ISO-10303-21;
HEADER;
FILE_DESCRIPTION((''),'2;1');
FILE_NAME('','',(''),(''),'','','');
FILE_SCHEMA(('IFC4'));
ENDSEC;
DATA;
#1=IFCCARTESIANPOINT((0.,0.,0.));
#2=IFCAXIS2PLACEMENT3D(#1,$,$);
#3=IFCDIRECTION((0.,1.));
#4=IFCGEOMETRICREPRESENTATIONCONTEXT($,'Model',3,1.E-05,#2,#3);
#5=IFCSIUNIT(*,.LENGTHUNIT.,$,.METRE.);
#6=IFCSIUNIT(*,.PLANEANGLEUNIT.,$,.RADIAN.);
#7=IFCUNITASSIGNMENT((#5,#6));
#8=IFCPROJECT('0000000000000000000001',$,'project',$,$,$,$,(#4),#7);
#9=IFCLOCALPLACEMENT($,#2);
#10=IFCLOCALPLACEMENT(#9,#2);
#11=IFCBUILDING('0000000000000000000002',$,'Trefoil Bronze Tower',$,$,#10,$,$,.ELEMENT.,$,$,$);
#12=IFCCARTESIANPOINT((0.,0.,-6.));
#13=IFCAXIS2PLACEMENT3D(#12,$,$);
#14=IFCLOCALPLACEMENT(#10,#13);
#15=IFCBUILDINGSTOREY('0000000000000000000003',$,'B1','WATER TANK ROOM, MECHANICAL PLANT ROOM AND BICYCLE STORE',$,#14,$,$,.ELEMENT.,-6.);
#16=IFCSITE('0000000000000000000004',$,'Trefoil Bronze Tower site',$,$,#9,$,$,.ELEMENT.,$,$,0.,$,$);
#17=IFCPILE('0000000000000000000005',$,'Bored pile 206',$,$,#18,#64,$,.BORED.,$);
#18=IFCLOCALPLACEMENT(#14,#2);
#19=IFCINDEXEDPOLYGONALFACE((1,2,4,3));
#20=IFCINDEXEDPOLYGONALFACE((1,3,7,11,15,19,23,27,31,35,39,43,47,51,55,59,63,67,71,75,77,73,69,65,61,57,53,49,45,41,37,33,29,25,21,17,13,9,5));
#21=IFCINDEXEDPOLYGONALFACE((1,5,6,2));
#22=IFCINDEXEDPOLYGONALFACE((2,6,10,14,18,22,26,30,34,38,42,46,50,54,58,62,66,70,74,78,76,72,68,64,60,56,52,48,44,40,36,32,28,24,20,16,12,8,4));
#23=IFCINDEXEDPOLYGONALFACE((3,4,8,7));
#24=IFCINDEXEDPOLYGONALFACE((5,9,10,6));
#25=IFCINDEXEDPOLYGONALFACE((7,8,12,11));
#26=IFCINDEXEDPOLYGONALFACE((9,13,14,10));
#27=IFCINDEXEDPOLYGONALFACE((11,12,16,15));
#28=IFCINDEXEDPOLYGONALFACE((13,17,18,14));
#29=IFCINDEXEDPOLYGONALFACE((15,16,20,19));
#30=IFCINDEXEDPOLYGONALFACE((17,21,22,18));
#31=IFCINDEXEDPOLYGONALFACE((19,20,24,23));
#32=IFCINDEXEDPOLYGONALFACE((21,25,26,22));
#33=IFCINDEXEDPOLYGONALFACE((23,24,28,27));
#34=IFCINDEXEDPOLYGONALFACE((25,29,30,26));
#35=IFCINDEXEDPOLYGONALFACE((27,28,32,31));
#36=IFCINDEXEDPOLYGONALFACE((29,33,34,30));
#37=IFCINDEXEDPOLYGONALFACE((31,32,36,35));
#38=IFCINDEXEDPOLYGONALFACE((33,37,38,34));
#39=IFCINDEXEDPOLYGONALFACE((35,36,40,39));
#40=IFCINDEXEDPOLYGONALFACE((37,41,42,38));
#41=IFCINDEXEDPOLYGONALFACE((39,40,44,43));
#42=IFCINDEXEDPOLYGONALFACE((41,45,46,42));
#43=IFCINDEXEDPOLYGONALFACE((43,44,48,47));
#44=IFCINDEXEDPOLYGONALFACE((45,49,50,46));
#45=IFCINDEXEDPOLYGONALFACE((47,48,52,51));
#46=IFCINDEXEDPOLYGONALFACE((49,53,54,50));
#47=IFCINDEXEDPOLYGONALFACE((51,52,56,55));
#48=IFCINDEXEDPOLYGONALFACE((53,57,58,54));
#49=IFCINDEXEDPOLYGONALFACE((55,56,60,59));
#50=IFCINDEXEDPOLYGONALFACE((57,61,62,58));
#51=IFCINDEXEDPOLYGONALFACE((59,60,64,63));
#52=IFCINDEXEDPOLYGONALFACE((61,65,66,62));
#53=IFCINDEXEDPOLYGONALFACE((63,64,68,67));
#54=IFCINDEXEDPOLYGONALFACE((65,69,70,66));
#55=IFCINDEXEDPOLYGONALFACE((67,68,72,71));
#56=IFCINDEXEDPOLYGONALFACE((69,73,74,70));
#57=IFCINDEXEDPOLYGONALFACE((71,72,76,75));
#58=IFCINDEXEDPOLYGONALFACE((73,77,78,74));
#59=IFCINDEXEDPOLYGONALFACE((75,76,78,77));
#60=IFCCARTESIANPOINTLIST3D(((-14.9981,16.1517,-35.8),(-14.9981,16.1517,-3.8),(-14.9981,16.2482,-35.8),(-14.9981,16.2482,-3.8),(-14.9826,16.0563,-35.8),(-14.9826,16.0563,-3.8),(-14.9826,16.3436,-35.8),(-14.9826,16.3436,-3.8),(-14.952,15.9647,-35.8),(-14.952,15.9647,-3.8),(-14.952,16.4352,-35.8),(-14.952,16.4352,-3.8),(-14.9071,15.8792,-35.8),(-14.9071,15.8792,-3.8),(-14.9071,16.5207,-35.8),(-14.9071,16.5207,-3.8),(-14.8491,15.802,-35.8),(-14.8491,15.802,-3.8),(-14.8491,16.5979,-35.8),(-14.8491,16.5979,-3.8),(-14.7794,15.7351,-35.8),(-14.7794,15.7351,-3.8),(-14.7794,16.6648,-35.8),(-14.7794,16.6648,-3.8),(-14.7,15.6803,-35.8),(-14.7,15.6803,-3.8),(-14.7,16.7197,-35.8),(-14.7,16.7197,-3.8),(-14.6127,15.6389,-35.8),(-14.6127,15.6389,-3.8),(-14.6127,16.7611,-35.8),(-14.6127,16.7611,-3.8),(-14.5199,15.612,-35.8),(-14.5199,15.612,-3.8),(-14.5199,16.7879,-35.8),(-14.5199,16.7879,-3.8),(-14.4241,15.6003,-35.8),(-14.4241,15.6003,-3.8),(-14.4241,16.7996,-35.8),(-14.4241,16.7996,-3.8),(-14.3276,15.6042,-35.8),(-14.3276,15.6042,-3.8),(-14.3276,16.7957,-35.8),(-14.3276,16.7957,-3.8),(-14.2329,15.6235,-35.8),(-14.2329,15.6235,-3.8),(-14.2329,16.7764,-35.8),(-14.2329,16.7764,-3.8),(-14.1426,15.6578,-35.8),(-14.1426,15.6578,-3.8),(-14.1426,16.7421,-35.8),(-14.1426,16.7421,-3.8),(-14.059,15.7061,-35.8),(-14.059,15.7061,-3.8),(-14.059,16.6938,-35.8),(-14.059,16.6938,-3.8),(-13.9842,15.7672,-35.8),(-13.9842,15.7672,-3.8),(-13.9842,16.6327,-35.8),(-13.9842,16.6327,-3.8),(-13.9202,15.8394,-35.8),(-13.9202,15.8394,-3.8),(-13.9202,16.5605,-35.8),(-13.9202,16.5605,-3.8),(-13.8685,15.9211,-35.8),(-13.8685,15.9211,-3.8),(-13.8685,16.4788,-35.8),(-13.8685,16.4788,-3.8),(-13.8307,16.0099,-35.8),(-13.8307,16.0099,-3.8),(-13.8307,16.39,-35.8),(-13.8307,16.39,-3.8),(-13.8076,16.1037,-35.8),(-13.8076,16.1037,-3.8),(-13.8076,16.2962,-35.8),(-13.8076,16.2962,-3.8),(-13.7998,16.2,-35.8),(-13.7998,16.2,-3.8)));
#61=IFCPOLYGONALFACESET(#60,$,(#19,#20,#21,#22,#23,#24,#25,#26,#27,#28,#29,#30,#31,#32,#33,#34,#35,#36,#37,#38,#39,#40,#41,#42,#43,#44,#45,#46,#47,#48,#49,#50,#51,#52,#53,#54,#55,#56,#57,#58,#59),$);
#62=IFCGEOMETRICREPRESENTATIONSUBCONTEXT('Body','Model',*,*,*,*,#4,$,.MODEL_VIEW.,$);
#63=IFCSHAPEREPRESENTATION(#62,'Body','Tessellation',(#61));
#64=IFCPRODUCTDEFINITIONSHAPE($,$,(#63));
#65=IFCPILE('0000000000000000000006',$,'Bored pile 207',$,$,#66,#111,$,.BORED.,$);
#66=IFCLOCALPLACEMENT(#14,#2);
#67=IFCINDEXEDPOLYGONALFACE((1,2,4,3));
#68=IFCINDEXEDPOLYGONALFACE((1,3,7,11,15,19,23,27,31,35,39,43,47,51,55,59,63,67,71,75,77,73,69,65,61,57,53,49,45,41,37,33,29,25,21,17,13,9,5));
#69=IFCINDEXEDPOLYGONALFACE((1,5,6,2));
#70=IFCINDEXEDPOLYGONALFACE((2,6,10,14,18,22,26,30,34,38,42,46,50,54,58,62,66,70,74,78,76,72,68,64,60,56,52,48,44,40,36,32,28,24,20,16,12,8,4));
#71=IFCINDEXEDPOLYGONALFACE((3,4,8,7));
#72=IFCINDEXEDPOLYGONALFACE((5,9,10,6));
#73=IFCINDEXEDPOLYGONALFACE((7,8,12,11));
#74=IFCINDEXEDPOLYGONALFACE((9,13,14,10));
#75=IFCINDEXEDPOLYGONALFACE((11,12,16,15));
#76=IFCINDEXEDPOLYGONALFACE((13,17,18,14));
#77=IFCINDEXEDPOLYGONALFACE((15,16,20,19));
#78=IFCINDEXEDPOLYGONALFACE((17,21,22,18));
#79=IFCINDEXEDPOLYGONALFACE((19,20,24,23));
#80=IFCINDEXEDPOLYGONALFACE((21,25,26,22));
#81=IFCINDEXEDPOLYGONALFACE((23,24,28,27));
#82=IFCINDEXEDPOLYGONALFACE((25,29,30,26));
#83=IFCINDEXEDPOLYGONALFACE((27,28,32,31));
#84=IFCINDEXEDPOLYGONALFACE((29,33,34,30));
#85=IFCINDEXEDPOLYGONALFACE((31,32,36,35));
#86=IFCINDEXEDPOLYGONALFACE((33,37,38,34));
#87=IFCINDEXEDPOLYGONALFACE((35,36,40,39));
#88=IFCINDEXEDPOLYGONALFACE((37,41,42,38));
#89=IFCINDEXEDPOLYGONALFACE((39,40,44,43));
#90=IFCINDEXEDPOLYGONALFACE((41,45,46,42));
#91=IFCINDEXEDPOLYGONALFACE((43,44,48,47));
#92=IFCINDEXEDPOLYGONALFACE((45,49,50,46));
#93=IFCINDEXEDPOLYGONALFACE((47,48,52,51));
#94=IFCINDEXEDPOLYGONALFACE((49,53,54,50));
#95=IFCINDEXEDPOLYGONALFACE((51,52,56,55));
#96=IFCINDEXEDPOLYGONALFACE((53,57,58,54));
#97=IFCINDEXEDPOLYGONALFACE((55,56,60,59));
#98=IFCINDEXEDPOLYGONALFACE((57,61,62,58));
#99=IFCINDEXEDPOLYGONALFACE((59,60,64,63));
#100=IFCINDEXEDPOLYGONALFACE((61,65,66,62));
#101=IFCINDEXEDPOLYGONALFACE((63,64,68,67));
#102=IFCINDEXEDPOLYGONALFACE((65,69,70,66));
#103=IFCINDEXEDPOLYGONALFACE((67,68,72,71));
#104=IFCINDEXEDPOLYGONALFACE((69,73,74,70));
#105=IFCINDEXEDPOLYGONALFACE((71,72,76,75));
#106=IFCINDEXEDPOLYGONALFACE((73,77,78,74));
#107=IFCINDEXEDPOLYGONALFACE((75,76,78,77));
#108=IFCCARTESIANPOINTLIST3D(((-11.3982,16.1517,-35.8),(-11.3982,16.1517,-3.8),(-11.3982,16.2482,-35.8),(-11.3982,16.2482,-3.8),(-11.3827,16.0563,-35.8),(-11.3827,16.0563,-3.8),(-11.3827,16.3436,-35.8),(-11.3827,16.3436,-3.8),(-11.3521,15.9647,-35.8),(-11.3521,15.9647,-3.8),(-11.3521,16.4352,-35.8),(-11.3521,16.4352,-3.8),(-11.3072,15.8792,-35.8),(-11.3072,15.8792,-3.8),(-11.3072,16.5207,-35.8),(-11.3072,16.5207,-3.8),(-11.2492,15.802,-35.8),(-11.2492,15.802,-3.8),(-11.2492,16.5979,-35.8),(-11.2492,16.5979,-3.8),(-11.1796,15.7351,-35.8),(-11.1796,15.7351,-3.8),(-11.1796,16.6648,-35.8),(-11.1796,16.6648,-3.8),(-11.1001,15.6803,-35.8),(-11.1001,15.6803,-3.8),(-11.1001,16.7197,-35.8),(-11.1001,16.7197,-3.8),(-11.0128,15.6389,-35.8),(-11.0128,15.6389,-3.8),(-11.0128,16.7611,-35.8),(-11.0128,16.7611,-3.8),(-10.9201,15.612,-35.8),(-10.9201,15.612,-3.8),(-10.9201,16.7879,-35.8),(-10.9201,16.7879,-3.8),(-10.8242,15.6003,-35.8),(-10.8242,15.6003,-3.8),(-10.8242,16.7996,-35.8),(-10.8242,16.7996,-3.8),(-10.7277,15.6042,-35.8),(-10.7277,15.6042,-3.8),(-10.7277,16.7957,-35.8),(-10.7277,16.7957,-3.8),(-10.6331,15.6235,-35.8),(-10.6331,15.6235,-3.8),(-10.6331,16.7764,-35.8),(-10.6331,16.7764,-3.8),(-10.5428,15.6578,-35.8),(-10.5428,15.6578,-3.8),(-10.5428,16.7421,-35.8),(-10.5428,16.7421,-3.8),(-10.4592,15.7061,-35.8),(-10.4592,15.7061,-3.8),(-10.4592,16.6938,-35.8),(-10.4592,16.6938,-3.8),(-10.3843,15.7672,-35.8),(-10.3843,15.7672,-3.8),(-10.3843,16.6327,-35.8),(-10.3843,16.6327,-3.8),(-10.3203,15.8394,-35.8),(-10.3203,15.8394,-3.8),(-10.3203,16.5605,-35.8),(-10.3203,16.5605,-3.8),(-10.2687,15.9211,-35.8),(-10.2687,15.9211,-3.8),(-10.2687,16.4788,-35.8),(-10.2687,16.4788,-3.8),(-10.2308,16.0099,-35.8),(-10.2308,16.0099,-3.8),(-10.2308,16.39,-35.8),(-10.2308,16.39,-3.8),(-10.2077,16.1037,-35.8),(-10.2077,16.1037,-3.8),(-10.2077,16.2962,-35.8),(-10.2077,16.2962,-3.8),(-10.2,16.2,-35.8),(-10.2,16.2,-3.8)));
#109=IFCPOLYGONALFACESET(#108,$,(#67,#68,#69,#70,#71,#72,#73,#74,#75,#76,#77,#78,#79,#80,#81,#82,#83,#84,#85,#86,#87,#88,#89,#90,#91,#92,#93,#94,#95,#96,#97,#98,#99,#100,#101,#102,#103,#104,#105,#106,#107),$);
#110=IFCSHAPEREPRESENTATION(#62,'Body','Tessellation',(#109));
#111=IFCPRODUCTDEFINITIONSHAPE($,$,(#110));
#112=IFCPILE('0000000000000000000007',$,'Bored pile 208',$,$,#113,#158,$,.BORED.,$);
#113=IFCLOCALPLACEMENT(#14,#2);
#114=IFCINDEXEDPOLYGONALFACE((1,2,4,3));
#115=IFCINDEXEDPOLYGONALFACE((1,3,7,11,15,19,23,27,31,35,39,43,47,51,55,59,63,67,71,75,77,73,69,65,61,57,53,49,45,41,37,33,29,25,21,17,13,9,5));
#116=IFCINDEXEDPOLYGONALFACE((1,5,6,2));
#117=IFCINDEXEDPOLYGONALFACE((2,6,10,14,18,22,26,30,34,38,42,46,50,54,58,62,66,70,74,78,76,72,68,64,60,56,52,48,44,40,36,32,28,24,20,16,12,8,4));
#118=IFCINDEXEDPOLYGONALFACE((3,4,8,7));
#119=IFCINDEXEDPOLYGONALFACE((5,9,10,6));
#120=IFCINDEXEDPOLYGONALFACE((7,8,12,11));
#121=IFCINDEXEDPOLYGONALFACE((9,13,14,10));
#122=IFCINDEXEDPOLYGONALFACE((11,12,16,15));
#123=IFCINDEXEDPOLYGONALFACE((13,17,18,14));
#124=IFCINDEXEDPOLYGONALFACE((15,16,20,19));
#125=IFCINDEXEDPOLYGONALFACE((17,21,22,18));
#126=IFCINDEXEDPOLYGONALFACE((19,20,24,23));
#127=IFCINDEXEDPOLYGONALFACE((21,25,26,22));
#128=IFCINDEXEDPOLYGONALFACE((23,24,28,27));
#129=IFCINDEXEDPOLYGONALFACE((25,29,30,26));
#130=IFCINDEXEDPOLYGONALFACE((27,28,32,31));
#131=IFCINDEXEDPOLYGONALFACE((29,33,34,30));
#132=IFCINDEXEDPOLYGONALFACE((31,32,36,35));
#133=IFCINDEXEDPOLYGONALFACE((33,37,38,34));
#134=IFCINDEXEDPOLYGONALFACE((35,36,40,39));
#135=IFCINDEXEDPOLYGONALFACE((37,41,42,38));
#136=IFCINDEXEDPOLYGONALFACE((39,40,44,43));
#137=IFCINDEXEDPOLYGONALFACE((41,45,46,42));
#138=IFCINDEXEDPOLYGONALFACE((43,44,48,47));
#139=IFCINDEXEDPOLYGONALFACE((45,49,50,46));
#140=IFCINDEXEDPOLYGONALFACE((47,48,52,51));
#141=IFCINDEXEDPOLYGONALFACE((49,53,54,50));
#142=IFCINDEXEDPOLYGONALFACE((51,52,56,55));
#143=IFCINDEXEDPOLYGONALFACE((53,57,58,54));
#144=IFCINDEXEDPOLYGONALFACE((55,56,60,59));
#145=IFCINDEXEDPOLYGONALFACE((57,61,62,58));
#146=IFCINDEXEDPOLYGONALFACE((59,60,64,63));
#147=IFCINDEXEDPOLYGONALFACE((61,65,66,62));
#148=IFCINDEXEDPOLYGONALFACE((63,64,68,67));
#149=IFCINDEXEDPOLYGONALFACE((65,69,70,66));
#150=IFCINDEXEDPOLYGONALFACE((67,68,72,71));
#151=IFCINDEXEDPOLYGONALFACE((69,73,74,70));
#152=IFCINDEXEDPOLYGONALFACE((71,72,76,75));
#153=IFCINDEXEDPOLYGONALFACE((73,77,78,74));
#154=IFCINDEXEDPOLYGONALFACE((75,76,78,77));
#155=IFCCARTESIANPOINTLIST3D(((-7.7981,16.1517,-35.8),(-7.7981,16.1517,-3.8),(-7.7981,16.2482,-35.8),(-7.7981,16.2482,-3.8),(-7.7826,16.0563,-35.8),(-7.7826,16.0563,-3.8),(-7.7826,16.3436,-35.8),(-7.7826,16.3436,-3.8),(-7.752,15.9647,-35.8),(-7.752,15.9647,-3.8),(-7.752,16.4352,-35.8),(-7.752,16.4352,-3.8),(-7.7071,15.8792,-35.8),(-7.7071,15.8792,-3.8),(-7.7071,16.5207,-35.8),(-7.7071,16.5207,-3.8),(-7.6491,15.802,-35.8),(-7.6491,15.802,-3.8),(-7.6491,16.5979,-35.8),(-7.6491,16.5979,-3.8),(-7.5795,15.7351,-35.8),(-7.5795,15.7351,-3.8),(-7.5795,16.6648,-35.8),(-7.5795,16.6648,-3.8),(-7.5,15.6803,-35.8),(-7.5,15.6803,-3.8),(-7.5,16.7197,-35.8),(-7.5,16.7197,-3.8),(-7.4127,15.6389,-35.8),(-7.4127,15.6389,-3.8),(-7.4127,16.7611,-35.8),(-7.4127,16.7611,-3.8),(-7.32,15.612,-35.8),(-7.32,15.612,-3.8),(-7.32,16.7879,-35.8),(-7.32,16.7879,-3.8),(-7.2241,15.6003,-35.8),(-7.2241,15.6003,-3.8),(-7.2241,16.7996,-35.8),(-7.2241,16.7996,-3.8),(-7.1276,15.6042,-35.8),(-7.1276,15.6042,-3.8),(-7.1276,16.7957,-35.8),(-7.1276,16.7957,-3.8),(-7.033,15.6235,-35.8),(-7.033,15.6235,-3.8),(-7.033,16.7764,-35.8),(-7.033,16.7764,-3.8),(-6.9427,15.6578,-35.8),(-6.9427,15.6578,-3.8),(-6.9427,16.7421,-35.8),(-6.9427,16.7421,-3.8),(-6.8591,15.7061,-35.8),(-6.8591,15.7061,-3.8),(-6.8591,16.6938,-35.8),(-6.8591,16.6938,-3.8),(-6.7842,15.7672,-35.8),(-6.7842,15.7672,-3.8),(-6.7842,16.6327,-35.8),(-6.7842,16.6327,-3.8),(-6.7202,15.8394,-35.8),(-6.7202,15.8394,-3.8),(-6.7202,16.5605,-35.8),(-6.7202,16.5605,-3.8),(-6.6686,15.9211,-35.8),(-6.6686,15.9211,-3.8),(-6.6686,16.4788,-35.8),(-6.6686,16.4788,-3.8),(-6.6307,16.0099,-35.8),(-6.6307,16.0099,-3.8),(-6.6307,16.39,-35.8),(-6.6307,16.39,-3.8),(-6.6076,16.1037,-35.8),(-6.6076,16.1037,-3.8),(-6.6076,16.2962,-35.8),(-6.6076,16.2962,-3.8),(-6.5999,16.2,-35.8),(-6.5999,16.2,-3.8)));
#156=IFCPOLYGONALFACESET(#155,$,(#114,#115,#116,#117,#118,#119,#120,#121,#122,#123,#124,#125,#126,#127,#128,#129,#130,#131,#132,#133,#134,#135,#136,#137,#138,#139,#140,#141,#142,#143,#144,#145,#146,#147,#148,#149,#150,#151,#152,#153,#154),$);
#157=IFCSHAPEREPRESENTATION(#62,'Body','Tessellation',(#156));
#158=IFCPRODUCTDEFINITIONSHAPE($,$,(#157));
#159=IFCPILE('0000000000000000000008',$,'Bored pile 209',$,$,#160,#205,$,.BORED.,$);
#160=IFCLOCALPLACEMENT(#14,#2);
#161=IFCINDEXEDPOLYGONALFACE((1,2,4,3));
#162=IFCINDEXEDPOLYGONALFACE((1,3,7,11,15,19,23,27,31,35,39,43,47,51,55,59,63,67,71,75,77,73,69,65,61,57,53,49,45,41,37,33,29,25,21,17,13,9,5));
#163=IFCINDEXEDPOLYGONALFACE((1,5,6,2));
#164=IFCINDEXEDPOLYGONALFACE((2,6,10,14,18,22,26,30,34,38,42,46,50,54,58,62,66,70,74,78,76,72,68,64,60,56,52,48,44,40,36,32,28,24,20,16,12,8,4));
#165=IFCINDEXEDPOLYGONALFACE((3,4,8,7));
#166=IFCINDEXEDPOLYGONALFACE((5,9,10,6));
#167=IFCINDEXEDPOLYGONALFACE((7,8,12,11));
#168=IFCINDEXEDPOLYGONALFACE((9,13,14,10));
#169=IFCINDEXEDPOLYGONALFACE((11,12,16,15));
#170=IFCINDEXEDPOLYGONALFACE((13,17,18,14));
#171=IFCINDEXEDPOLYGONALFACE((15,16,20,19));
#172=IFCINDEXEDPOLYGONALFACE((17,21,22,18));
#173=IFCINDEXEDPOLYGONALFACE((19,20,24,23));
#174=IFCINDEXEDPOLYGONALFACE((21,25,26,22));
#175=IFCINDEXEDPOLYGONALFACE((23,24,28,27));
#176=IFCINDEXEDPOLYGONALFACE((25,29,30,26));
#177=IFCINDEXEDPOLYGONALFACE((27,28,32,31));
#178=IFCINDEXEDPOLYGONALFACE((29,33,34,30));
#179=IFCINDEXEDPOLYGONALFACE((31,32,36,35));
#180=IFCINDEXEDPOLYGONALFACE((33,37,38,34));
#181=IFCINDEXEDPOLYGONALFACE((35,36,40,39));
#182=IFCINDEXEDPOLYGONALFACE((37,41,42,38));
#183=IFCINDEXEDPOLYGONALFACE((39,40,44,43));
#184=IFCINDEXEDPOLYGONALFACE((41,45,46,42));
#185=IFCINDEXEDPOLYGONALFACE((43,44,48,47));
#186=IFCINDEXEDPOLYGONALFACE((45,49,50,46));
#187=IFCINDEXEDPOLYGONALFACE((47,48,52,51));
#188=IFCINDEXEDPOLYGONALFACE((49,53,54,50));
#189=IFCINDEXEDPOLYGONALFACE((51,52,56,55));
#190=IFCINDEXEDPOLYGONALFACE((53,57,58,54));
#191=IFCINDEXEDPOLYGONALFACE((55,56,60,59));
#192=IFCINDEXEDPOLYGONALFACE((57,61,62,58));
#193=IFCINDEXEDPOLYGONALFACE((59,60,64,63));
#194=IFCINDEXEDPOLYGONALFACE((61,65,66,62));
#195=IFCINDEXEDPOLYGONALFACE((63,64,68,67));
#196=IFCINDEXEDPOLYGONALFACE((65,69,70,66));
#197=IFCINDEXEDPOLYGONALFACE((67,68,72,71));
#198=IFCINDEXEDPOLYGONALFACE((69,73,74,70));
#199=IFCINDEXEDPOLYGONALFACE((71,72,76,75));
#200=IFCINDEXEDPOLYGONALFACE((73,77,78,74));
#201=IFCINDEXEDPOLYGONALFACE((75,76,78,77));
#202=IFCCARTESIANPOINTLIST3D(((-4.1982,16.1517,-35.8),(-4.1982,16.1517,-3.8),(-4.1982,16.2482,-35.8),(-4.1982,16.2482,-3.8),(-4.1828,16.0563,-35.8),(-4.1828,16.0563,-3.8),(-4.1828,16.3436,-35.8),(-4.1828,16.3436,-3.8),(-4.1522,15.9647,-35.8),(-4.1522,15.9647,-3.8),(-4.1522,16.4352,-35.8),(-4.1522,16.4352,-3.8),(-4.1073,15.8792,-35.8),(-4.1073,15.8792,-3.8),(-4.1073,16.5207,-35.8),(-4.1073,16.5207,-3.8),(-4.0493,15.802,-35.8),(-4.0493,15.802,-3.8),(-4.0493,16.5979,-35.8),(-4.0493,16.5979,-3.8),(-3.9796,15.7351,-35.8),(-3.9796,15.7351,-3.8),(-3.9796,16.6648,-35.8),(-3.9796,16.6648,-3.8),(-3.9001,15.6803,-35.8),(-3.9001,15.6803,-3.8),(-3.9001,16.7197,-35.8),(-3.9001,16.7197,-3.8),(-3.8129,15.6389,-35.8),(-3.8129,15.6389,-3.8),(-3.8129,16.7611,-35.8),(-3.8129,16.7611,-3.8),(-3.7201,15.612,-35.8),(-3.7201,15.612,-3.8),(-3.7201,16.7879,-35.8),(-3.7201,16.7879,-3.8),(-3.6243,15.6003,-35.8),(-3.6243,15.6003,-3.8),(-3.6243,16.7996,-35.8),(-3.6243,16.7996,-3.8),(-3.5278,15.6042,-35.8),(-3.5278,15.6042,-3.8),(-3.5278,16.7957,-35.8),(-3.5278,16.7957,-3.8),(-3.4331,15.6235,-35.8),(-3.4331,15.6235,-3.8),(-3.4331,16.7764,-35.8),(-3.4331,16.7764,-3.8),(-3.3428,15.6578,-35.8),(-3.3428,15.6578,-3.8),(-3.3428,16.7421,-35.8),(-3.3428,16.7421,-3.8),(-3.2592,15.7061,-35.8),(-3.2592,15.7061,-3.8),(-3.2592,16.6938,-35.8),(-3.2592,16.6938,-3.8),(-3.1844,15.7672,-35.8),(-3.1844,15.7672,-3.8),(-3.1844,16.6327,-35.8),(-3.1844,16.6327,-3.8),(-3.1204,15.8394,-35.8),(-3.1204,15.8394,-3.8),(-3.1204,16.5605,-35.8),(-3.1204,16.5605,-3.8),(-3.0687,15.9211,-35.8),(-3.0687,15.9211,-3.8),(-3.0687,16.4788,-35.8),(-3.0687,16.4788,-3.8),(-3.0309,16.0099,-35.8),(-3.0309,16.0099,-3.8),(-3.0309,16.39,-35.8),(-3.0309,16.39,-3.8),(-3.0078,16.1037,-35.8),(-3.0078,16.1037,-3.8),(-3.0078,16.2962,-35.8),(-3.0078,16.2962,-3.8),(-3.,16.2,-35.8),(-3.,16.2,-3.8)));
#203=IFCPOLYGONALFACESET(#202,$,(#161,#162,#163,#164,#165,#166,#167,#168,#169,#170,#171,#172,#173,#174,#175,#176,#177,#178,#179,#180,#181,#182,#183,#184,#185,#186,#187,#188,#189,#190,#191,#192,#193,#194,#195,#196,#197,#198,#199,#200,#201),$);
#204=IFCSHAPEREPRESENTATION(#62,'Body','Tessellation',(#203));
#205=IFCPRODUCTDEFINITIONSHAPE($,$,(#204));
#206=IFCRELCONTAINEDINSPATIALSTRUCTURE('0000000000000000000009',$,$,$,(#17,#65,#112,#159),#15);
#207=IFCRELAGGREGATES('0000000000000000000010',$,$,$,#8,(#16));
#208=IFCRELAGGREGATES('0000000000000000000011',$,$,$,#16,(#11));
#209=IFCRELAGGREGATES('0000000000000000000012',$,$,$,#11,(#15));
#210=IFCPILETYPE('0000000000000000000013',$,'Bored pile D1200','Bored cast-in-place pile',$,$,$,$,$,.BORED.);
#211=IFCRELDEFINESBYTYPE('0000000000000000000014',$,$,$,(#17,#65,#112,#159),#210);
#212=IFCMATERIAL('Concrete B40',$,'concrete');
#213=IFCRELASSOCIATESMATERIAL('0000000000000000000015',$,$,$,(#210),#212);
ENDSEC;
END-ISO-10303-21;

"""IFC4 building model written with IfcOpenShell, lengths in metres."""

from ifc_helpers import new_model, si_unit, direction, frame, origin, origin_2d, place, context, subcontext, project, spatial, circle, extrude, material, type_object, element, save


model = new_model("IFC4")

# Units and contexts
model_context = context("Model", 3, precision=1e-05, world=origin(), true_north=direction((0.0, 1.0)))
body_context = subcontext(model_context, "Body", "Model", "MODEL_VIEW")
ifc_project = project(units=[si_unit("LENGTHUNIT", "METRE"), si_unit("PLANEANGLEUNIT", "RADIAN")], contexts=[model_context])

# Site, building, storey
site_placement = place(None, origin())
site = spatial("IfcSite", under=ifc_project, at=site_placement, Name="Trefoil Bronze Tower site", CompositionType="ELEMENT", RefElevation=0.0)
building_placement = place(site_placement, origin())
building = spatial("IfcBuilding", under=site, at=building_placement, Name="Trefoil Bronze Tower", CompositionType="ELEMENT")
storey_placement = place(building_placement, frame((0.0, 0.0, -6.0)))
storey = spatial("IfcBuildingStorey", under=building, at=storey_placement, Name="B1", Description="WATER TANK ROOM, MECHANICAL PLANT ROOM AND BICYCLE STORE", CompositionType="ELEMENT", Elevation=-6.0)

# Piles
ifc_material_1 = material(Name="Concrete B40", Category="concrete")
pile_type = type_object("IfcPileType", Name="Bored pile D1200", Description="Bored cast-in-place pile", PredefinedType="BORED", material=ifc_material_1)
for number, where, z_axis, x_axis, name in (
    (1, (-14.3999, 16.2, -3.8), (0.0, 0.0, -1.0), (1.0, 0.0, 0.0), "Bored pile 206"),
    (2, (-10.8, 16.2, -3.8), (0.0, 0.0, -1.0), (1.0, 0.0, 0.0), "Bored pile 207"),
    (3, (-7.2, 16.2, -3.8), (0.0, 0.0, -1.0), (1.0, 0.0, 0.0), "Bored pile 208"),
    (4, (-3.6001, 16.2, -3.8), (0.0, 0.0, -1.0), (1.0, 0.0, 0.0), "Bored pile 209"),
):
    element("IfcPile", number, at=place(storey_placement, frame(where, z_axis=z_axis, x_axis=x_axis)), inside=storey, type_object=pile_type, Name=name, PredefinedType="BORED", context=body_context, shape_type="SweptSolid", body=[
        extrude(circle(Radius=0.6001, at=origin_2d()), origin(), (0.0, 0.0, 1.0), 32.0),
    ])

save(model, "model.ifc")
